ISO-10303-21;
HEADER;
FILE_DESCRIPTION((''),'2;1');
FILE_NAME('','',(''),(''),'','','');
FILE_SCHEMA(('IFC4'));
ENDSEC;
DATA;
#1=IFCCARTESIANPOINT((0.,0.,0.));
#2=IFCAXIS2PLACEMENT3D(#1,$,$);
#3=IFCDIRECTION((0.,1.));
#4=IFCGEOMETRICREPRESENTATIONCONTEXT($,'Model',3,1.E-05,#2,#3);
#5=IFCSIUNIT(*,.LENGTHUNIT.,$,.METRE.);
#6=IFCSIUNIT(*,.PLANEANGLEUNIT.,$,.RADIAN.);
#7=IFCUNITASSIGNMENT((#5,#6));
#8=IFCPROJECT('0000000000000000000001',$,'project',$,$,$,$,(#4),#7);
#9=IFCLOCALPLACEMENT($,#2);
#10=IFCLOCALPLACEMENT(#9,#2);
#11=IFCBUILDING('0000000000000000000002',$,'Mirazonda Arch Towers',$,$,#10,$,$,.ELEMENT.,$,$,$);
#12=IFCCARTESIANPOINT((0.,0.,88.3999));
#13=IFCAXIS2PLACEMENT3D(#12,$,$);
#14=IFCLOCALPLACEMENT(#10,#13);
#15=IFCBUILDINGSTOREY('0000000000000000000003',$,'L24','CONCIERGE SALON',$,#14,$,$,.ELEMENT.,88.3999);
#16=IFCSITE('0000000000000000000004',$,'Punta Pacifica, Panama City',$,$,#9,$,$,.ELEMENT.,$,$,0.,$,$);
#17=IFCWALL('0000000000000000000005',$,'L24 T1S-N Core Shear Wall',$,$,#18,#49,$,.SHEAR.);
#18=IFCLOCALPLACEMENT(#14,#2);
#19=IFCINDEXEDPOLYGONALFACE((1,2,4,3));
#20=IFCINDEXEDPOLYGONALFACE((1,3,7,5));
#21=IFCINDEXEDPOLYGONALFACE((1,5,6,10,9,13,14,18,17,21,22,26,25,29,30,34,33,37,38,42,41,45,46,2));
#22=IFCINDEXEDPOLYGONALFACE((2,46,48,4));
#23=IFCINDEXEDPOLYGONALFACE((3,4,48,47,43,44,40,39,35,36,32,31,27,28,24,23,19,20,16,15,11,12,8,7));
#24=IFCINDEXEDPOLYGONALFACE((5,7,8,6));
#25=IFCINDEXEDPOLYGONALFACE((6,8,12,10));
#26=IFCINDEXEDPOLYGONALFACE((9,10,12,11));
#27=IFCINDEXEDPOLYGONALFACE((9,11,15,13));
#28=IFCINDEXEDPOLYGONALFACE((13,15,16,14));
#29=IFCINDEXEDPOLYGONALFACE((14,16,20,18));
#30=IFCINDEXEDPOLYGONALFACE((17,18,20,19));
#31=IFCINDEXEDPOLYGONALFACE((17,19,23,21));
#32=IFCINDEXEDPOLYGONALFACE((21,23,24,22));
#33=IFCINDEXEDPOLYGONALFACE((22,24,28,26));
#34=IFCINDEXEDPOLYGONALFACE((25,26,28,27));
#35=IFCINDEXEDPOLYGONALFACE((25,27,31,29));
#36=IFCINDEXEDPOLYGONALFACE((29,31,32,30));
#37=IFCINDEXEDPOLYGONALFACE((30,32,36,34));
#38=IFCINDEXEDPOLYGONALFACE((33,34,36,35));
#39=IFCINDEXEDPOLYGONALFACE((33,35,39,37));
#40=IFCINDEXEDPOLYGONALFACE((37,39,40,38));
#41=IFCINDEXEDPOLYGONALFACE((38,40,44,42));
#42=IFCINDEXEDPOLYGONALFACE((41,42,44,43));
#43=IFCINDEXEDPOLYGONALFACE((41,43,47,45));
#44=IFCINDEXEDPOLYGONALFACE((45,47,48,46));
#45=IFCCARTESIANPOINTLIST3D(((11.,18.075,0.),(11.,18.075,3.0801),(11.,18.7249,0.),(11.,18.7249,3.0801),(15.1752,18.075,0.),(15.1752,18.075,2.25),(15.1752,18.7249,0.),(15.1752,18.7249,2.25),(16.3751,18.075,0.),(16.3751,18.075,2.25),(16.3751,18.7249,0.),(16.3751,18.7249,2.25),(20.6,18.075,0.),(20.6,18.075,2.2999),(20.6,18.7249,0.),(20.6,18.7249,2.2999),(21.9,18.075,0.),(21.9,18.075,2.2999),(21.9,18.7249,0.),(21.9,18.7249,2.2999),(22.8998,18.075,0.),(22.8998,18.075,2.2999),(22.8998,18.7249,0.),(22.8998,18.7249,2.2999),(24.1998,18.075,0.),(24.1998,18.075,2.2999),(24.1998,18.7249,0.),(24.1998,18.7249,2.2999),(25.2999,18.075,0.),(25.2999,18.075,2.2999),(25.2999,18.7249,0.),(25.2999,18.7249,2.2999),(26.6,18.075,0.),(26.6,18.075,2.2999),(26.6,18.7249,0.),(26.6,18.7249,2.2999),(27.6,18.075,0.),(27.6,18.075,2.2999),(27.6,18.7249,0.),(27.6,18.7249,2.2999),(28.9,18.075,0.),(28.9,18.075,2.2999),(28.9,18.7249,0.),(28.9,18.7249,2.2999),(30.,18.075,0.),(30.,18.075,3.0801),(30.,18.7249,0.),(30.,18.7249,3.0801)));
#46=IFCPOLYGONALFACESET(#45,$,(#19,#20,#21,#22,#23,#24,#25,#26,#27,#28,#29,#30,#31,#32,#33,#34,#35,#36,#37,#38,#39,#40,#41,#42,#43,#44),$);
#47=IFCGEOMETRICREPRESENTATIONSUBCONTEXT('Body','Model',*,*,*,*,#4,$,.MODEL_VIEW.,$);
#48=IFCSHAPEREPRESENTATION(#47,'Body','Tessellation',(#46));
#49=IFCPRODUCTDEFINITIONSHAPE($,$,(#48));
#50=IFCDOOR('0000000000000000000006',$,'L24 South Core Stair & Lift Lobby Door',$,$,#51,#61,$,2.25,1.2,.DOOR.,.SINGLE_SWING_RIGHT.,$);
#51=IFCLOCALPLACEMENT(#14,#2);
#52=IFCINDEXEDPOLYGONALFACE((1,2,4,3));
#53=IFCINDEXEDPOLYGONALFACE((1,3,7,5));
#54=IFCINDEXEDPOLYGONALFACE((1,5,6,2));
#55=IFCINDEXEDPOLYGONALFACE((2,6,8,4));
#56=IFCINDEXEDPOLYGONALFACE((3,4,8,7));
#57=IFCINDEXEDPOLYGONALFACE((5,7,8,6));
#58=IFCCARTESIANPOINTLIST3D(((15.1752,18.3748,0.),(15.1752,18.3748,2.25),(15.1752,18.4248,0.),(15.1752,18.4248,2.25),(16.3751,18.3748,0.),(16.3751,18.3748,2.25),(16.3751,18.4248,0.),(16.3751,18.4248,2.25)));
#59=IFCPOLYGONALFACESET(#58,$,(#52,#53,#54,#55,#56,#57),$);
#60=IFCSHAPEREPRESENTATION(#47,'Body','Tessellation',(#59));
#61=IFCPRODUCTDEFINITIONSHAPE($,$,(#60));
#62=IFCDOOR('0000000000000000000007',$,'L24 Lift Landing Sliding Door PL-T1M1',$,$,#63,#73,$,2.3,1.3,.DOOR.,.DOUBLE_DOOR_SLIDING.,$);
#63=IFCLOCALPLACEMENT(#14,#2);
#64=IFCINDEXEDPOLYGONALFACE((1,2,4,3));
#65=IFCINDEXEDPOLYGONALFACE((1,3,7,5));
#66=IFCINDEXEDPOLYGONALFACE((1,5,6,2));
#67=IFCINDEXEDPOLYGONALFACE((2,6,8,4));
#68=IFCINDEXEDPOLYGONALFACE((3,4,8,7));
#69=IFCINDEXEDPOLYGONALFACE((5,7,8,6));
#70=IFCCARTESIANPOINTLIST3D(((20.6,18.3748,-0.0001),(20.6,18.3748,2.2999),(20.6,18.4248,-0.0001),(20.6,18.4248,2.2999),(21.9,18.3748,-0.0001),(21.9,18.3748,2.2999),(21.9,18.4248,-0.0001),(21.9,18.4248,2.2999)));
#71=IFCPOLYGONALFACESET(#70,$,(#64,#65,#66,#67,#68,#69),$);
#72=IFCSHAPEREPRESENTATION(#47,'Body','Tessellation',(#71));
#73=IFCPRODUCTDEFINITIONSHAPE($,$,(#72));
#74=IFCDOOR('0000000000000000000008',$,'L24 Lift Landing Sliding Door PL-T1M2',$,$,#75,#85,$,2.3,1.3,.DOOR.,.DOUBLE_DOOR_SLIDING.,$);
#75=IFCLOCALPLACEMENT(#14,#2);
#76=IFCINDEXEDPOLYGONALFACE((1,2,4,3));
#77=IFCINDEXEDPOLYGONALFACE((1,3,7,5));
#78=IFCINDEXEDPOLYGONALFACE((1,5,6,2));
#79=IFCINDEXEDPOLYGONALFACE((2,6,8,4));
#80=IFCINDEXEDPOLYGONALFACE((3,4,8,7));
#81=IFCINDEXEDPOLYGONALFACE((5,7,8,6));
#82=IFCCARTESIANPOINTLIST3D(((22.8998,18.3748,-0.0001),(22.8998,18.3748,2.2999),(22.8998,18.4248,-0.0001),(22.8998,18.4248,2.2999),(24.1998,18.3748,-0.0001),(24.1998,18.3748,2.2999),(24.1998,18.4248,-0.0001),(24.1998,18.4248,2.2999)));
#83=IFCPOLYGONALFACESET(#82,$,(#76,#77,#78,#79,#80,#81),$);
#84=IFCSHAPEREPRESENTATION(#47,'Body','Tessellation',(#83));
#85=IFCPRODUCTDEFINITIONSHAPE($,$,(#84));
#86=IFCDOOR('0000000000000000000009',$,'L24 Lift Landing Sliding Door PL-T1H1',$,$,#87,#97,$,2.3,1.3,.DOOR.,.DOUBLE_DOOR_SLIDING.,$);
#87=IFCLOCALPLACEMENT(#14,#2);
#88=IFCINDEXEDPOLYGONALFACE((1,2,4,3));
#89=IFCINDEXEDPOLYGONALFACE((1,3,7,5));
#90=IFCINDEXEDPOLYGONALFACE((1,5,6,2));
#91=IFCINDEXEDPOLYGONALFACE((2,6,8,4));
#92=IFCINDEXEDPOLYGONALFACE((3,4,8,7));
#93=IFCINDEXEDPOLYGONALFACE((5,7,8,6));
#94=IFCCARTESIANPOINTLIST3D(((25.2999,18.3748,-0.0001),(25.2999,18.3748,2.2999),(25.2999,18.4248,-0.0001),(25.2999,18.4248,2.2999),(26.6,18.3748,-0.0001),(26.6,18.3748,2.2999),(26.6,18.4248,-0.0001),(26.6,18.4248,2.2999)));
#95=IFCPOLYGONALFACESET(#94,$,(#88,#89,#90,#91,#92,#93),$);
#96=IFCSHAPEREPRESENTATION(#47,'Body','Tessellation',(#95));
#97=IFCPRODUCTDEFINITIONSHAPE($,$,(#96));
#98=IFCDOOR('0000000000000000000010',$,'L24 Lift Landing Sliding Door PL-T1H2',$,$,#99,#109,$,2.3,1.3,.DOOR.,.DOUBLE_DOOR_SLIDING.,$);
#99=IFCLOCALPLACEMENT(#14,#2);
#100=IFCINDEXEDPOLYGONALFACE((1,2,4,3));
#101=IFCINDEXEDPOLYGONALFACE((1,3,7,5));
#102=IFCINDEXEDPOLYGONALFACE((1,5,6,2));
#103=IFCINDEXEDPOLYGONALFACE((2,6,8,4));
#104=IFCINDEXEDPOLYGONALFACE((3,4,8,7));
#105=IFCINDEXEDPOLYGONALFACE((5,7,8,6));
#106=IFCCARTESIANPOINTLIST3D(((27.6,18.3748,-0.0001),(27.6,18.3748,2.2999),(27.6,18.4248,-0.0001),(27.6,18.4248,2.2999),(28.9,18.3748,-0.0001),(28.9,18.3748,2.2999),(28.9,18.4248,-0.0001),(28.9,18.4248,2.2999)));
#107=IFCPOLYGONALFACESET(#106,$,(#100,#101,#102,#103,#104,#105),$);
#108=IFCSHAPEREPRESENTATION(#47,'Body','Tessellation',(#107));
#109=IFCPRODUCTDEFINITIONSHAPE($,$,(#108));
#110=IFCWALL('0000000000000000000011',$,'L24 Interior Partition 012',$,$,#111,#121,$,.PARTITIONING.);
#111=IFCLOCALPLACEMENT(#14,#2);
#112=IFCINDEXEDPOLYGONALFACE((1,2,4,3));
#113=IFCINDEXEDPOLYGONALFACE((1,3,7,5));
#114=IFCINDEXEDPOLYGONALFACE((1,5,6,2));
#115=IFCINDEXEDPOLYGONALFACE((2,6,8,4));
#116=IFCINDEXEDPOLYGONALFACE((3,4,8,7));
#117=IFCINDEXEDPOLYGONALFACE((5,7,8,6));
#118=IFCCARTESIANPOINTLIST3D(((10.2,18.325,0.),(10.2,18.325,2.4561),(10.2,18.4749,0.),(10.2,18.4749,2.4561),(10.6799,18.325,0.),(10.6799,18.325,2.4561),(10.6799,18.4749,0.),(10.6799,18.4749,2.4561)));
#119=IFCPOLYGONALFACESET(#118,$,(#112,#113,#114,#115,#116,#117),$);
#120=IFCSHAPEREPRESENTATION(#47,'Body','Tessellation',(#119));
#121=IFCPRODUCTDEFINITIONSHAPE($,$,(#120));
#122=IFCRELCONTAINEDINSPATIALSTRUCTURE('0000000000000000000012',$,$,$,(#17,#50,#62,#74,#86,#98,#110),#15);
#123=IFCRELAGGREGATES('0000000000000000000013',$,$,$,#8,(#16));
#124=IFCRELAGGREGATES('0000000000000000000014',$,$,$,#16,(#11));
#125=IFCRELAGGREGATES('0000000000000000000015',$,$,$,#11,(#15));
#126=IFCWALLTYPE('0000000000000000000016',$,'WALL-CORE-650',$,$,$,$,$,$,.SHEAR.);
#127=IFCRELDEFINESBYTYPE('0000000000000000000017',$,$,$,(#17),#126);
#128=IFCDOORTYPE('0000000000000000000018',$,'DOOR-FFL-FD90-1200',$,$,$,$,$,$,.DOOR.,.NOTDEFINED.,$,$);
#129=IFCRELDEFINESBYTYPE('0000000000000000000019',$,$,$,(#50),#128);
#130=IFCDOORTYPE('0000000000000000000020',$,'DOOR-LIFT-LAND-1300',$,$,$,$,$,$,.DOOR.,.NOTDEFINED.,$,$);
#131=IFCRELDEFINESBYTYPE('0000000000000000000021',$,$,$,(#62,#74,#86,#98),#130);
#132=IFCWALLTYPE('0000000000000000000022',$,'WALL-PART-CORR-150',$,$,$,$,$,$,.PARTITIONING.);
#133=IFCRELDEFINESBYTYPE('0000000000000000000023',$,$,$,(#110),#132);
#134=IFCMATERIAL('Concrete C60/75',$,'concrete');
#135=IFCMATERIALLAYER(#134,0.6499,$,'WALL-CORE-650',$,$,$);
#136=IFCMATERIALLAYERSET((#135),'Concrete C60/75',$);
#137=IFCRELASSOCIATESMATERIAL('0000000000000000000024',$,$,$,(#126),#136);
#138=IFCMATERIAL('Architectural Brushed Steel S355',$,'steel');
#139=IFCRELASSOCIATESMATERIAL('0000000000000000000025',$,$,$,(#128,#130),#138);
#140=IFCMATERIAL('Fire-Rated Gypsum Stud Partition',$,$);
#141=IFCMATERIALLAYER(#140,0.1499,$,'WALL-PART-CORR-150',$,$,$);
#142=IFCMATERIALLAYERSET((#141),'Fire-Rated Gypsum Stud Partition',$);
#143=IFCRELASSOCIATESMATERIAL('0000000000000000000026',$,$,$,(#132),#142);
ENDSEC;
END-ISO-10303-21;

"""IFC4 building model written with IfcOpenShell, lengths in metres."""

from ifc_helpers import new_model, si_unit, direction, frame, frame_2d, origin, place, context, subcontext, project, spatial, rectangle, extrude, material, layer, layer_set, type_object, element, fill, save


model = new_model("IFC4")

# Units and contexts
model_context = context("Model", 3, precision=1e-05, world=origin(), true_north=direction((0.0, 1.0)))
body_context = subcontext(model_context, "Body", "Model", "MODEL_VIEW")
ifc_project = project(units=[si_unit("LENGTHUNIT", "METRE"), si_unit("PLANEANGLEUNIT", "RADIAN")], contexts=[model_context])

# Site, building, storey
site_placement = place(None, origin())
site = spatial("IfcSite", under=ifc_project, at=site_placement, Name="Punta Pacifica, Panama City", CompositionType="ELEMENT", RefElevation=0.0)
building_placement = place(site_placement, origin())
building = spatial("IfcBuilding", under=site, at=building_placement, Name="Mirazonda Arch Towers", CompositionType="ELEMENT")
storey_placement = place(building_placement, frame((0.0, 0.0, 88.3999)))
storey = spatial("IfcBuildingStorey", under=building, at=storey_placement, Name="L24", Description="CONCIERGE SALON", CompositionType="ELEMENT", Elevation=88.3999)

# Shared definitions
ifc_material_1 = material(Name="Architectural Brushed Steel S355", Category="steel")

# Wall, openings, doors
ifc_material_2 = material(Name="Concrete C60/75", Category="concrete")
ifc_layer_1 = layer(ifc_material_2, 0.6499, Name="WALL-CORE-650")
ifc_layer_set_1 = layer_set([ifc_layer_1], Name="Concrete C60/75")
wall_type_1 = type_object("IfcWallType", Name="WALL-CORE-650", PredefinedType="SHEAR", material=ifc_layer_set_1)
wall_1_placement = place(storey_placement, frame((11.0, 18.3999, 0.0), z_axis=(0.0, 0.0, 1.0), x_axis=(1.0, 0.0, 0.0)))
wall_1 = element("IfcWall", 1, at=wall_1_placement, inside=storey, type_object=wall_type_1, Name="L24 T1S-N Core Shear Wall", PredefinedType="SHEAR", context=body_context, shape_type="SweptSolid", body=[
    extrude(rectangle(XDim=19.0, YDim=0.6499, at=frame_2d((9.5, 0.0))), origin(), (0.0, 0.0, 1.0), 3.0801),
])
opening_1_placement = place(wall_1_placement, frame((4.175, 0.0, 0.0)))
opening_1 = element("IfcOpeningElement", 2, at=opening_1_placement, cuts=wall_1, PredefinedType="OPENING", context=body_context, shape_type="SweptSolid", body=[
    extrude(rectangle(XDim=1.2, YDim=2.25, at=frame_2d((0.6001, 1.125))), frame((0.0, 0.335, 0.0), z_axis=(0.0, -1.0, 0.0), x_axis=(1.0, 0.0, 0.0)), (0.0, 0.0, 1.0), 0.6699),
])
opening_2_placement = place(wall_1_placement, frame((9.6001, 0.0, 0.0)))
opening_2 = element("IfcOpeningElement", 3, at=opening_2_placement, cuts=wall_1, PredefinedType="OPENING", context=body_context, shape_type="SweptSolid", body=[
    extrude(rectangle(XDim=1.3, YDim=2.3, at=frame_2d((0.6499, 1.1499))), frame((0.0, 0.335, 0.0), z_axis=(0.0, -1.0, 0.0), x_axis=(1.0, 0.0, 0.0)), (0.0, 0.0, 1.0), 0.6699),
])
opening_3_placement = place(wall_1_placement, frame((11.8999, 0.0, 0.0)))
opening_3 = element("IfcOpeningElement", 4, at=opening_3_placement, cuts=wall_1, PredefinedType="OPENING", context=body_context, shape_type="SweptSolid", body=[
    extrude(rectangle(XDim=1.3, YDim=2.3, at=frame_2d((0.6499, 1.1499))), frame((0.0, 0.335, 0.0), z_axis=(0.0, -1.0, 0.0), x_axis=(1.0, 0.0, 0.0)), (0.0, 0.0, 1.0), 0.6699),
])
opening_4_placement = place(wall_1_placement, frame((14.3, 0.0, 0.0)))
opening_4 = element("IfcOpeningElement", 5, at=opening_4_placement, cuts=wall_1, PredefinedType="OPENING", context=body_context, shape_type="SweptSolid", body=[
    extrude(rectangle(XDim=1.3, YDim=2.3, at=frame_2d((0.6499, 1.1499))), frame((0.0, 0.335, 0.0), z_axis=(0.0, -1.0, 0.0), x_axis=(1.0, 0.0, 0.0)), (0.0, 0.0, 1.0), 0.6699),
])
opening_5_placement = place(wall_1_placement, frame((16.6001, 0.0, 0.0)))
opening_5 = element("IfcOpeningElement", 6, at=opening_5_placement, cuts=wall_1, PredefinedType="OPENING", context=body_context, shape_type="SweptSolid", body=[
    extrude(rectangle(XDim=1.3, YDim=2.3, at=frame_2d((0.6499, 1.1499))), frame((0.0, 0.335, 0.0), z_axis=(0.0, -1.0, 0.0), x_axis=(1.0, 0.0, 0.0)), (0.0, 0.0, 1.0), 0.6699),
])
door_type_1 = type_object("IfcDoorType", Name="DOOR-FFL-FD90-1200", OperationType="NOTDEFINED", PredefinedType="DOOR", material=ifc_material_1)
door_1_placement = place(opening_1_placement, origin())
door_1 = element("IfcDoor", 7, at=door_1_placement, inside=storey, type_object=door_type_1, Name="L24 South Core Stair & Lift Lobby Door", OperationType="SINGLE_SWING_RIGHT", OverallHeight=2.25, OverallWidth=1.2, PredefinedType="DOOR", context=body_context, shape_type="SweptSolid", body=[
    extrude(rectangle(XDim=1.2, YDim=2.25, at=frame_2d((0.6001, 1.125))), frame((0.0, 0.0249, 0.0), z_axis=(0.0, -1.0, 0.0), x_axis=(1.0, 0.0, 0.0)), (0.0, 0.0, 1.0), 0.05),
])
fill(opening_1, door_1)
door_type_2 = type_object("IfcDoorType", Name="DOOR-LIFT-LAND-1300", OperationType="NOTDEFINED", PredefinedType="DOOR", material=ifc_material_1)
door_2_placement = place(opening_2_placement, origin())
door_2 = element("IfcDoor", 8, at=door_2_placement, inside=storey, type_object=door_type_2, Name="L24 Lift Landing Sliding Door PL-T1M1", OperationType="DOUBLE_DOOR_SLIDING", OverallHeight=2.3, OverallWidth=1.3, PredefinedType="DOOR", context=body_context, shape_type="SweptSolid", body=[
    extrude(rectangle(XDim=1.3, YDim=2.3, at=frame_2d((0.6499, 1.1499))), frame((0.0, 0.0249, 0.0), z_axis=(0.0, -1.0, 0.0), x_axis=(1.0, 0.0, 0.0)), (0.0, 0.0, 1.0), 0.05),
])
fill(opening_2, door_2)
door_3_placement = place(opening_3_placement, origin())
door_3 = element("IfcDoor", 9, at=door_3_placement, inside=storey, type_object=door_type_2, Name="L24 Lift Landing Sliding Door PL-T1M2", OperationType="DOUBLE_DOOR_SLIDING", OverallHeight=2.3, OverallWidth=1.3, PredefinedType="DOOR", context=body_context, shape_type="SweptSolid", body=[
    extrude(rectangle(XDim=1.3, YDim=2.3, at=frame_2d((0.6499, 1.1499))), frame((0.0, 0.0249, 0.0), z_axis=(0.0, -1.0, 0.0), x_axis=(1.0, 0.0, 0.0)), (0.0, 0.0, 1.0), 0.05),
])
fill(opening_3, door_3)
door_4_placement = place(opening_4_placement, origin())
door_4 = element("IfcDoor", 10, at=door_4_placement, inside=storey, type_object=door_type_2, Name="L24 Lift Landing Sliding Door PL-T1H1", OperationType="DOUBLE_DOOR_SLIDING", OverallHeight=2.3, OverallWidth=1.3, PredefinedType="DOOR", context=body_context, shape_type="SweptSolid", body=[
    extrude(rectangle(XDim=1.3, YDim=2.3, at=frame_2d((0.6499, 1.1499))), frame((0.0, 0.0249, 0.0), z_axis=(0.0, -1.0, 0.0), x_axis=(1.0, 0.0, 0.0)), (0.0, 0.0, 1.0), 0.05),
])
fill(opening_4, door_4)
door_5_placement = place(opening_5_placement, origin())
door_5 = element("IfcDoor", 11, at=door_5_placement, inside=storey, type_object=door_type_2, Name="L24 Lift Landing Sliding Door PL-T1H2", OperationType="DOUBLE_DOOR_SLIDING", OverallHeight=2.3, OverallWidth=1.3, PredefinedType="DOOR", context=body_context, shape_type="SweptSolid", body=[
    extrude(rectangle(XDim=1.3, YDim=2.3, at=frame_2d((0.6499, 1.1499))), frame((0.0, 0.0249, 0.0), z_axis=(0.0, -1.0, 0.0), x_axis=(1.0, 0.0, 0.0)), (0.0, 0.0, 1.0), 0.05),
])
fill(opening_5, door_5)

# Wall
ifc_material_3 = material(Name="Fire-Rated Gypsum Stud Partition")
ifc_layer_2 = layer(ifc_material_3, 0.1499, Name="WALL-PART-CORR-150")
ifc_layer_set_2 = layer_set([ifc_layer_2], Name="Fire-Rated Gypsum Stud Partition")
wall_type_2 = type_object("IfcWallType", Name="WALL-PART-CORR-150", PredefinedType="PARTITIONING", material=ifc_layer_set_2)
wall_2_placement = place(storey_placement, frame((10.2, 18.3999, 0.0), z_axis=(0.0, 0.0, 1.0), x_axis=(1.0, 0.0, 0.0)))
element("IfcWall", 12, at=wall_2_placement, inside=storey, type_object=wall_type_2, Name="L24 Interior Partition 012", PredefinedType="PARTITIONING", context=body_context, shape_type="SweptSolid", body=[
    extrude(rectangle(XDim=0.48, YDim=0.1499, at=frame_2d((0.24, 0.0))), origin(), (0.0, 0.0, 1.0), 2.4561),
])

save(model, "model.ifc")
